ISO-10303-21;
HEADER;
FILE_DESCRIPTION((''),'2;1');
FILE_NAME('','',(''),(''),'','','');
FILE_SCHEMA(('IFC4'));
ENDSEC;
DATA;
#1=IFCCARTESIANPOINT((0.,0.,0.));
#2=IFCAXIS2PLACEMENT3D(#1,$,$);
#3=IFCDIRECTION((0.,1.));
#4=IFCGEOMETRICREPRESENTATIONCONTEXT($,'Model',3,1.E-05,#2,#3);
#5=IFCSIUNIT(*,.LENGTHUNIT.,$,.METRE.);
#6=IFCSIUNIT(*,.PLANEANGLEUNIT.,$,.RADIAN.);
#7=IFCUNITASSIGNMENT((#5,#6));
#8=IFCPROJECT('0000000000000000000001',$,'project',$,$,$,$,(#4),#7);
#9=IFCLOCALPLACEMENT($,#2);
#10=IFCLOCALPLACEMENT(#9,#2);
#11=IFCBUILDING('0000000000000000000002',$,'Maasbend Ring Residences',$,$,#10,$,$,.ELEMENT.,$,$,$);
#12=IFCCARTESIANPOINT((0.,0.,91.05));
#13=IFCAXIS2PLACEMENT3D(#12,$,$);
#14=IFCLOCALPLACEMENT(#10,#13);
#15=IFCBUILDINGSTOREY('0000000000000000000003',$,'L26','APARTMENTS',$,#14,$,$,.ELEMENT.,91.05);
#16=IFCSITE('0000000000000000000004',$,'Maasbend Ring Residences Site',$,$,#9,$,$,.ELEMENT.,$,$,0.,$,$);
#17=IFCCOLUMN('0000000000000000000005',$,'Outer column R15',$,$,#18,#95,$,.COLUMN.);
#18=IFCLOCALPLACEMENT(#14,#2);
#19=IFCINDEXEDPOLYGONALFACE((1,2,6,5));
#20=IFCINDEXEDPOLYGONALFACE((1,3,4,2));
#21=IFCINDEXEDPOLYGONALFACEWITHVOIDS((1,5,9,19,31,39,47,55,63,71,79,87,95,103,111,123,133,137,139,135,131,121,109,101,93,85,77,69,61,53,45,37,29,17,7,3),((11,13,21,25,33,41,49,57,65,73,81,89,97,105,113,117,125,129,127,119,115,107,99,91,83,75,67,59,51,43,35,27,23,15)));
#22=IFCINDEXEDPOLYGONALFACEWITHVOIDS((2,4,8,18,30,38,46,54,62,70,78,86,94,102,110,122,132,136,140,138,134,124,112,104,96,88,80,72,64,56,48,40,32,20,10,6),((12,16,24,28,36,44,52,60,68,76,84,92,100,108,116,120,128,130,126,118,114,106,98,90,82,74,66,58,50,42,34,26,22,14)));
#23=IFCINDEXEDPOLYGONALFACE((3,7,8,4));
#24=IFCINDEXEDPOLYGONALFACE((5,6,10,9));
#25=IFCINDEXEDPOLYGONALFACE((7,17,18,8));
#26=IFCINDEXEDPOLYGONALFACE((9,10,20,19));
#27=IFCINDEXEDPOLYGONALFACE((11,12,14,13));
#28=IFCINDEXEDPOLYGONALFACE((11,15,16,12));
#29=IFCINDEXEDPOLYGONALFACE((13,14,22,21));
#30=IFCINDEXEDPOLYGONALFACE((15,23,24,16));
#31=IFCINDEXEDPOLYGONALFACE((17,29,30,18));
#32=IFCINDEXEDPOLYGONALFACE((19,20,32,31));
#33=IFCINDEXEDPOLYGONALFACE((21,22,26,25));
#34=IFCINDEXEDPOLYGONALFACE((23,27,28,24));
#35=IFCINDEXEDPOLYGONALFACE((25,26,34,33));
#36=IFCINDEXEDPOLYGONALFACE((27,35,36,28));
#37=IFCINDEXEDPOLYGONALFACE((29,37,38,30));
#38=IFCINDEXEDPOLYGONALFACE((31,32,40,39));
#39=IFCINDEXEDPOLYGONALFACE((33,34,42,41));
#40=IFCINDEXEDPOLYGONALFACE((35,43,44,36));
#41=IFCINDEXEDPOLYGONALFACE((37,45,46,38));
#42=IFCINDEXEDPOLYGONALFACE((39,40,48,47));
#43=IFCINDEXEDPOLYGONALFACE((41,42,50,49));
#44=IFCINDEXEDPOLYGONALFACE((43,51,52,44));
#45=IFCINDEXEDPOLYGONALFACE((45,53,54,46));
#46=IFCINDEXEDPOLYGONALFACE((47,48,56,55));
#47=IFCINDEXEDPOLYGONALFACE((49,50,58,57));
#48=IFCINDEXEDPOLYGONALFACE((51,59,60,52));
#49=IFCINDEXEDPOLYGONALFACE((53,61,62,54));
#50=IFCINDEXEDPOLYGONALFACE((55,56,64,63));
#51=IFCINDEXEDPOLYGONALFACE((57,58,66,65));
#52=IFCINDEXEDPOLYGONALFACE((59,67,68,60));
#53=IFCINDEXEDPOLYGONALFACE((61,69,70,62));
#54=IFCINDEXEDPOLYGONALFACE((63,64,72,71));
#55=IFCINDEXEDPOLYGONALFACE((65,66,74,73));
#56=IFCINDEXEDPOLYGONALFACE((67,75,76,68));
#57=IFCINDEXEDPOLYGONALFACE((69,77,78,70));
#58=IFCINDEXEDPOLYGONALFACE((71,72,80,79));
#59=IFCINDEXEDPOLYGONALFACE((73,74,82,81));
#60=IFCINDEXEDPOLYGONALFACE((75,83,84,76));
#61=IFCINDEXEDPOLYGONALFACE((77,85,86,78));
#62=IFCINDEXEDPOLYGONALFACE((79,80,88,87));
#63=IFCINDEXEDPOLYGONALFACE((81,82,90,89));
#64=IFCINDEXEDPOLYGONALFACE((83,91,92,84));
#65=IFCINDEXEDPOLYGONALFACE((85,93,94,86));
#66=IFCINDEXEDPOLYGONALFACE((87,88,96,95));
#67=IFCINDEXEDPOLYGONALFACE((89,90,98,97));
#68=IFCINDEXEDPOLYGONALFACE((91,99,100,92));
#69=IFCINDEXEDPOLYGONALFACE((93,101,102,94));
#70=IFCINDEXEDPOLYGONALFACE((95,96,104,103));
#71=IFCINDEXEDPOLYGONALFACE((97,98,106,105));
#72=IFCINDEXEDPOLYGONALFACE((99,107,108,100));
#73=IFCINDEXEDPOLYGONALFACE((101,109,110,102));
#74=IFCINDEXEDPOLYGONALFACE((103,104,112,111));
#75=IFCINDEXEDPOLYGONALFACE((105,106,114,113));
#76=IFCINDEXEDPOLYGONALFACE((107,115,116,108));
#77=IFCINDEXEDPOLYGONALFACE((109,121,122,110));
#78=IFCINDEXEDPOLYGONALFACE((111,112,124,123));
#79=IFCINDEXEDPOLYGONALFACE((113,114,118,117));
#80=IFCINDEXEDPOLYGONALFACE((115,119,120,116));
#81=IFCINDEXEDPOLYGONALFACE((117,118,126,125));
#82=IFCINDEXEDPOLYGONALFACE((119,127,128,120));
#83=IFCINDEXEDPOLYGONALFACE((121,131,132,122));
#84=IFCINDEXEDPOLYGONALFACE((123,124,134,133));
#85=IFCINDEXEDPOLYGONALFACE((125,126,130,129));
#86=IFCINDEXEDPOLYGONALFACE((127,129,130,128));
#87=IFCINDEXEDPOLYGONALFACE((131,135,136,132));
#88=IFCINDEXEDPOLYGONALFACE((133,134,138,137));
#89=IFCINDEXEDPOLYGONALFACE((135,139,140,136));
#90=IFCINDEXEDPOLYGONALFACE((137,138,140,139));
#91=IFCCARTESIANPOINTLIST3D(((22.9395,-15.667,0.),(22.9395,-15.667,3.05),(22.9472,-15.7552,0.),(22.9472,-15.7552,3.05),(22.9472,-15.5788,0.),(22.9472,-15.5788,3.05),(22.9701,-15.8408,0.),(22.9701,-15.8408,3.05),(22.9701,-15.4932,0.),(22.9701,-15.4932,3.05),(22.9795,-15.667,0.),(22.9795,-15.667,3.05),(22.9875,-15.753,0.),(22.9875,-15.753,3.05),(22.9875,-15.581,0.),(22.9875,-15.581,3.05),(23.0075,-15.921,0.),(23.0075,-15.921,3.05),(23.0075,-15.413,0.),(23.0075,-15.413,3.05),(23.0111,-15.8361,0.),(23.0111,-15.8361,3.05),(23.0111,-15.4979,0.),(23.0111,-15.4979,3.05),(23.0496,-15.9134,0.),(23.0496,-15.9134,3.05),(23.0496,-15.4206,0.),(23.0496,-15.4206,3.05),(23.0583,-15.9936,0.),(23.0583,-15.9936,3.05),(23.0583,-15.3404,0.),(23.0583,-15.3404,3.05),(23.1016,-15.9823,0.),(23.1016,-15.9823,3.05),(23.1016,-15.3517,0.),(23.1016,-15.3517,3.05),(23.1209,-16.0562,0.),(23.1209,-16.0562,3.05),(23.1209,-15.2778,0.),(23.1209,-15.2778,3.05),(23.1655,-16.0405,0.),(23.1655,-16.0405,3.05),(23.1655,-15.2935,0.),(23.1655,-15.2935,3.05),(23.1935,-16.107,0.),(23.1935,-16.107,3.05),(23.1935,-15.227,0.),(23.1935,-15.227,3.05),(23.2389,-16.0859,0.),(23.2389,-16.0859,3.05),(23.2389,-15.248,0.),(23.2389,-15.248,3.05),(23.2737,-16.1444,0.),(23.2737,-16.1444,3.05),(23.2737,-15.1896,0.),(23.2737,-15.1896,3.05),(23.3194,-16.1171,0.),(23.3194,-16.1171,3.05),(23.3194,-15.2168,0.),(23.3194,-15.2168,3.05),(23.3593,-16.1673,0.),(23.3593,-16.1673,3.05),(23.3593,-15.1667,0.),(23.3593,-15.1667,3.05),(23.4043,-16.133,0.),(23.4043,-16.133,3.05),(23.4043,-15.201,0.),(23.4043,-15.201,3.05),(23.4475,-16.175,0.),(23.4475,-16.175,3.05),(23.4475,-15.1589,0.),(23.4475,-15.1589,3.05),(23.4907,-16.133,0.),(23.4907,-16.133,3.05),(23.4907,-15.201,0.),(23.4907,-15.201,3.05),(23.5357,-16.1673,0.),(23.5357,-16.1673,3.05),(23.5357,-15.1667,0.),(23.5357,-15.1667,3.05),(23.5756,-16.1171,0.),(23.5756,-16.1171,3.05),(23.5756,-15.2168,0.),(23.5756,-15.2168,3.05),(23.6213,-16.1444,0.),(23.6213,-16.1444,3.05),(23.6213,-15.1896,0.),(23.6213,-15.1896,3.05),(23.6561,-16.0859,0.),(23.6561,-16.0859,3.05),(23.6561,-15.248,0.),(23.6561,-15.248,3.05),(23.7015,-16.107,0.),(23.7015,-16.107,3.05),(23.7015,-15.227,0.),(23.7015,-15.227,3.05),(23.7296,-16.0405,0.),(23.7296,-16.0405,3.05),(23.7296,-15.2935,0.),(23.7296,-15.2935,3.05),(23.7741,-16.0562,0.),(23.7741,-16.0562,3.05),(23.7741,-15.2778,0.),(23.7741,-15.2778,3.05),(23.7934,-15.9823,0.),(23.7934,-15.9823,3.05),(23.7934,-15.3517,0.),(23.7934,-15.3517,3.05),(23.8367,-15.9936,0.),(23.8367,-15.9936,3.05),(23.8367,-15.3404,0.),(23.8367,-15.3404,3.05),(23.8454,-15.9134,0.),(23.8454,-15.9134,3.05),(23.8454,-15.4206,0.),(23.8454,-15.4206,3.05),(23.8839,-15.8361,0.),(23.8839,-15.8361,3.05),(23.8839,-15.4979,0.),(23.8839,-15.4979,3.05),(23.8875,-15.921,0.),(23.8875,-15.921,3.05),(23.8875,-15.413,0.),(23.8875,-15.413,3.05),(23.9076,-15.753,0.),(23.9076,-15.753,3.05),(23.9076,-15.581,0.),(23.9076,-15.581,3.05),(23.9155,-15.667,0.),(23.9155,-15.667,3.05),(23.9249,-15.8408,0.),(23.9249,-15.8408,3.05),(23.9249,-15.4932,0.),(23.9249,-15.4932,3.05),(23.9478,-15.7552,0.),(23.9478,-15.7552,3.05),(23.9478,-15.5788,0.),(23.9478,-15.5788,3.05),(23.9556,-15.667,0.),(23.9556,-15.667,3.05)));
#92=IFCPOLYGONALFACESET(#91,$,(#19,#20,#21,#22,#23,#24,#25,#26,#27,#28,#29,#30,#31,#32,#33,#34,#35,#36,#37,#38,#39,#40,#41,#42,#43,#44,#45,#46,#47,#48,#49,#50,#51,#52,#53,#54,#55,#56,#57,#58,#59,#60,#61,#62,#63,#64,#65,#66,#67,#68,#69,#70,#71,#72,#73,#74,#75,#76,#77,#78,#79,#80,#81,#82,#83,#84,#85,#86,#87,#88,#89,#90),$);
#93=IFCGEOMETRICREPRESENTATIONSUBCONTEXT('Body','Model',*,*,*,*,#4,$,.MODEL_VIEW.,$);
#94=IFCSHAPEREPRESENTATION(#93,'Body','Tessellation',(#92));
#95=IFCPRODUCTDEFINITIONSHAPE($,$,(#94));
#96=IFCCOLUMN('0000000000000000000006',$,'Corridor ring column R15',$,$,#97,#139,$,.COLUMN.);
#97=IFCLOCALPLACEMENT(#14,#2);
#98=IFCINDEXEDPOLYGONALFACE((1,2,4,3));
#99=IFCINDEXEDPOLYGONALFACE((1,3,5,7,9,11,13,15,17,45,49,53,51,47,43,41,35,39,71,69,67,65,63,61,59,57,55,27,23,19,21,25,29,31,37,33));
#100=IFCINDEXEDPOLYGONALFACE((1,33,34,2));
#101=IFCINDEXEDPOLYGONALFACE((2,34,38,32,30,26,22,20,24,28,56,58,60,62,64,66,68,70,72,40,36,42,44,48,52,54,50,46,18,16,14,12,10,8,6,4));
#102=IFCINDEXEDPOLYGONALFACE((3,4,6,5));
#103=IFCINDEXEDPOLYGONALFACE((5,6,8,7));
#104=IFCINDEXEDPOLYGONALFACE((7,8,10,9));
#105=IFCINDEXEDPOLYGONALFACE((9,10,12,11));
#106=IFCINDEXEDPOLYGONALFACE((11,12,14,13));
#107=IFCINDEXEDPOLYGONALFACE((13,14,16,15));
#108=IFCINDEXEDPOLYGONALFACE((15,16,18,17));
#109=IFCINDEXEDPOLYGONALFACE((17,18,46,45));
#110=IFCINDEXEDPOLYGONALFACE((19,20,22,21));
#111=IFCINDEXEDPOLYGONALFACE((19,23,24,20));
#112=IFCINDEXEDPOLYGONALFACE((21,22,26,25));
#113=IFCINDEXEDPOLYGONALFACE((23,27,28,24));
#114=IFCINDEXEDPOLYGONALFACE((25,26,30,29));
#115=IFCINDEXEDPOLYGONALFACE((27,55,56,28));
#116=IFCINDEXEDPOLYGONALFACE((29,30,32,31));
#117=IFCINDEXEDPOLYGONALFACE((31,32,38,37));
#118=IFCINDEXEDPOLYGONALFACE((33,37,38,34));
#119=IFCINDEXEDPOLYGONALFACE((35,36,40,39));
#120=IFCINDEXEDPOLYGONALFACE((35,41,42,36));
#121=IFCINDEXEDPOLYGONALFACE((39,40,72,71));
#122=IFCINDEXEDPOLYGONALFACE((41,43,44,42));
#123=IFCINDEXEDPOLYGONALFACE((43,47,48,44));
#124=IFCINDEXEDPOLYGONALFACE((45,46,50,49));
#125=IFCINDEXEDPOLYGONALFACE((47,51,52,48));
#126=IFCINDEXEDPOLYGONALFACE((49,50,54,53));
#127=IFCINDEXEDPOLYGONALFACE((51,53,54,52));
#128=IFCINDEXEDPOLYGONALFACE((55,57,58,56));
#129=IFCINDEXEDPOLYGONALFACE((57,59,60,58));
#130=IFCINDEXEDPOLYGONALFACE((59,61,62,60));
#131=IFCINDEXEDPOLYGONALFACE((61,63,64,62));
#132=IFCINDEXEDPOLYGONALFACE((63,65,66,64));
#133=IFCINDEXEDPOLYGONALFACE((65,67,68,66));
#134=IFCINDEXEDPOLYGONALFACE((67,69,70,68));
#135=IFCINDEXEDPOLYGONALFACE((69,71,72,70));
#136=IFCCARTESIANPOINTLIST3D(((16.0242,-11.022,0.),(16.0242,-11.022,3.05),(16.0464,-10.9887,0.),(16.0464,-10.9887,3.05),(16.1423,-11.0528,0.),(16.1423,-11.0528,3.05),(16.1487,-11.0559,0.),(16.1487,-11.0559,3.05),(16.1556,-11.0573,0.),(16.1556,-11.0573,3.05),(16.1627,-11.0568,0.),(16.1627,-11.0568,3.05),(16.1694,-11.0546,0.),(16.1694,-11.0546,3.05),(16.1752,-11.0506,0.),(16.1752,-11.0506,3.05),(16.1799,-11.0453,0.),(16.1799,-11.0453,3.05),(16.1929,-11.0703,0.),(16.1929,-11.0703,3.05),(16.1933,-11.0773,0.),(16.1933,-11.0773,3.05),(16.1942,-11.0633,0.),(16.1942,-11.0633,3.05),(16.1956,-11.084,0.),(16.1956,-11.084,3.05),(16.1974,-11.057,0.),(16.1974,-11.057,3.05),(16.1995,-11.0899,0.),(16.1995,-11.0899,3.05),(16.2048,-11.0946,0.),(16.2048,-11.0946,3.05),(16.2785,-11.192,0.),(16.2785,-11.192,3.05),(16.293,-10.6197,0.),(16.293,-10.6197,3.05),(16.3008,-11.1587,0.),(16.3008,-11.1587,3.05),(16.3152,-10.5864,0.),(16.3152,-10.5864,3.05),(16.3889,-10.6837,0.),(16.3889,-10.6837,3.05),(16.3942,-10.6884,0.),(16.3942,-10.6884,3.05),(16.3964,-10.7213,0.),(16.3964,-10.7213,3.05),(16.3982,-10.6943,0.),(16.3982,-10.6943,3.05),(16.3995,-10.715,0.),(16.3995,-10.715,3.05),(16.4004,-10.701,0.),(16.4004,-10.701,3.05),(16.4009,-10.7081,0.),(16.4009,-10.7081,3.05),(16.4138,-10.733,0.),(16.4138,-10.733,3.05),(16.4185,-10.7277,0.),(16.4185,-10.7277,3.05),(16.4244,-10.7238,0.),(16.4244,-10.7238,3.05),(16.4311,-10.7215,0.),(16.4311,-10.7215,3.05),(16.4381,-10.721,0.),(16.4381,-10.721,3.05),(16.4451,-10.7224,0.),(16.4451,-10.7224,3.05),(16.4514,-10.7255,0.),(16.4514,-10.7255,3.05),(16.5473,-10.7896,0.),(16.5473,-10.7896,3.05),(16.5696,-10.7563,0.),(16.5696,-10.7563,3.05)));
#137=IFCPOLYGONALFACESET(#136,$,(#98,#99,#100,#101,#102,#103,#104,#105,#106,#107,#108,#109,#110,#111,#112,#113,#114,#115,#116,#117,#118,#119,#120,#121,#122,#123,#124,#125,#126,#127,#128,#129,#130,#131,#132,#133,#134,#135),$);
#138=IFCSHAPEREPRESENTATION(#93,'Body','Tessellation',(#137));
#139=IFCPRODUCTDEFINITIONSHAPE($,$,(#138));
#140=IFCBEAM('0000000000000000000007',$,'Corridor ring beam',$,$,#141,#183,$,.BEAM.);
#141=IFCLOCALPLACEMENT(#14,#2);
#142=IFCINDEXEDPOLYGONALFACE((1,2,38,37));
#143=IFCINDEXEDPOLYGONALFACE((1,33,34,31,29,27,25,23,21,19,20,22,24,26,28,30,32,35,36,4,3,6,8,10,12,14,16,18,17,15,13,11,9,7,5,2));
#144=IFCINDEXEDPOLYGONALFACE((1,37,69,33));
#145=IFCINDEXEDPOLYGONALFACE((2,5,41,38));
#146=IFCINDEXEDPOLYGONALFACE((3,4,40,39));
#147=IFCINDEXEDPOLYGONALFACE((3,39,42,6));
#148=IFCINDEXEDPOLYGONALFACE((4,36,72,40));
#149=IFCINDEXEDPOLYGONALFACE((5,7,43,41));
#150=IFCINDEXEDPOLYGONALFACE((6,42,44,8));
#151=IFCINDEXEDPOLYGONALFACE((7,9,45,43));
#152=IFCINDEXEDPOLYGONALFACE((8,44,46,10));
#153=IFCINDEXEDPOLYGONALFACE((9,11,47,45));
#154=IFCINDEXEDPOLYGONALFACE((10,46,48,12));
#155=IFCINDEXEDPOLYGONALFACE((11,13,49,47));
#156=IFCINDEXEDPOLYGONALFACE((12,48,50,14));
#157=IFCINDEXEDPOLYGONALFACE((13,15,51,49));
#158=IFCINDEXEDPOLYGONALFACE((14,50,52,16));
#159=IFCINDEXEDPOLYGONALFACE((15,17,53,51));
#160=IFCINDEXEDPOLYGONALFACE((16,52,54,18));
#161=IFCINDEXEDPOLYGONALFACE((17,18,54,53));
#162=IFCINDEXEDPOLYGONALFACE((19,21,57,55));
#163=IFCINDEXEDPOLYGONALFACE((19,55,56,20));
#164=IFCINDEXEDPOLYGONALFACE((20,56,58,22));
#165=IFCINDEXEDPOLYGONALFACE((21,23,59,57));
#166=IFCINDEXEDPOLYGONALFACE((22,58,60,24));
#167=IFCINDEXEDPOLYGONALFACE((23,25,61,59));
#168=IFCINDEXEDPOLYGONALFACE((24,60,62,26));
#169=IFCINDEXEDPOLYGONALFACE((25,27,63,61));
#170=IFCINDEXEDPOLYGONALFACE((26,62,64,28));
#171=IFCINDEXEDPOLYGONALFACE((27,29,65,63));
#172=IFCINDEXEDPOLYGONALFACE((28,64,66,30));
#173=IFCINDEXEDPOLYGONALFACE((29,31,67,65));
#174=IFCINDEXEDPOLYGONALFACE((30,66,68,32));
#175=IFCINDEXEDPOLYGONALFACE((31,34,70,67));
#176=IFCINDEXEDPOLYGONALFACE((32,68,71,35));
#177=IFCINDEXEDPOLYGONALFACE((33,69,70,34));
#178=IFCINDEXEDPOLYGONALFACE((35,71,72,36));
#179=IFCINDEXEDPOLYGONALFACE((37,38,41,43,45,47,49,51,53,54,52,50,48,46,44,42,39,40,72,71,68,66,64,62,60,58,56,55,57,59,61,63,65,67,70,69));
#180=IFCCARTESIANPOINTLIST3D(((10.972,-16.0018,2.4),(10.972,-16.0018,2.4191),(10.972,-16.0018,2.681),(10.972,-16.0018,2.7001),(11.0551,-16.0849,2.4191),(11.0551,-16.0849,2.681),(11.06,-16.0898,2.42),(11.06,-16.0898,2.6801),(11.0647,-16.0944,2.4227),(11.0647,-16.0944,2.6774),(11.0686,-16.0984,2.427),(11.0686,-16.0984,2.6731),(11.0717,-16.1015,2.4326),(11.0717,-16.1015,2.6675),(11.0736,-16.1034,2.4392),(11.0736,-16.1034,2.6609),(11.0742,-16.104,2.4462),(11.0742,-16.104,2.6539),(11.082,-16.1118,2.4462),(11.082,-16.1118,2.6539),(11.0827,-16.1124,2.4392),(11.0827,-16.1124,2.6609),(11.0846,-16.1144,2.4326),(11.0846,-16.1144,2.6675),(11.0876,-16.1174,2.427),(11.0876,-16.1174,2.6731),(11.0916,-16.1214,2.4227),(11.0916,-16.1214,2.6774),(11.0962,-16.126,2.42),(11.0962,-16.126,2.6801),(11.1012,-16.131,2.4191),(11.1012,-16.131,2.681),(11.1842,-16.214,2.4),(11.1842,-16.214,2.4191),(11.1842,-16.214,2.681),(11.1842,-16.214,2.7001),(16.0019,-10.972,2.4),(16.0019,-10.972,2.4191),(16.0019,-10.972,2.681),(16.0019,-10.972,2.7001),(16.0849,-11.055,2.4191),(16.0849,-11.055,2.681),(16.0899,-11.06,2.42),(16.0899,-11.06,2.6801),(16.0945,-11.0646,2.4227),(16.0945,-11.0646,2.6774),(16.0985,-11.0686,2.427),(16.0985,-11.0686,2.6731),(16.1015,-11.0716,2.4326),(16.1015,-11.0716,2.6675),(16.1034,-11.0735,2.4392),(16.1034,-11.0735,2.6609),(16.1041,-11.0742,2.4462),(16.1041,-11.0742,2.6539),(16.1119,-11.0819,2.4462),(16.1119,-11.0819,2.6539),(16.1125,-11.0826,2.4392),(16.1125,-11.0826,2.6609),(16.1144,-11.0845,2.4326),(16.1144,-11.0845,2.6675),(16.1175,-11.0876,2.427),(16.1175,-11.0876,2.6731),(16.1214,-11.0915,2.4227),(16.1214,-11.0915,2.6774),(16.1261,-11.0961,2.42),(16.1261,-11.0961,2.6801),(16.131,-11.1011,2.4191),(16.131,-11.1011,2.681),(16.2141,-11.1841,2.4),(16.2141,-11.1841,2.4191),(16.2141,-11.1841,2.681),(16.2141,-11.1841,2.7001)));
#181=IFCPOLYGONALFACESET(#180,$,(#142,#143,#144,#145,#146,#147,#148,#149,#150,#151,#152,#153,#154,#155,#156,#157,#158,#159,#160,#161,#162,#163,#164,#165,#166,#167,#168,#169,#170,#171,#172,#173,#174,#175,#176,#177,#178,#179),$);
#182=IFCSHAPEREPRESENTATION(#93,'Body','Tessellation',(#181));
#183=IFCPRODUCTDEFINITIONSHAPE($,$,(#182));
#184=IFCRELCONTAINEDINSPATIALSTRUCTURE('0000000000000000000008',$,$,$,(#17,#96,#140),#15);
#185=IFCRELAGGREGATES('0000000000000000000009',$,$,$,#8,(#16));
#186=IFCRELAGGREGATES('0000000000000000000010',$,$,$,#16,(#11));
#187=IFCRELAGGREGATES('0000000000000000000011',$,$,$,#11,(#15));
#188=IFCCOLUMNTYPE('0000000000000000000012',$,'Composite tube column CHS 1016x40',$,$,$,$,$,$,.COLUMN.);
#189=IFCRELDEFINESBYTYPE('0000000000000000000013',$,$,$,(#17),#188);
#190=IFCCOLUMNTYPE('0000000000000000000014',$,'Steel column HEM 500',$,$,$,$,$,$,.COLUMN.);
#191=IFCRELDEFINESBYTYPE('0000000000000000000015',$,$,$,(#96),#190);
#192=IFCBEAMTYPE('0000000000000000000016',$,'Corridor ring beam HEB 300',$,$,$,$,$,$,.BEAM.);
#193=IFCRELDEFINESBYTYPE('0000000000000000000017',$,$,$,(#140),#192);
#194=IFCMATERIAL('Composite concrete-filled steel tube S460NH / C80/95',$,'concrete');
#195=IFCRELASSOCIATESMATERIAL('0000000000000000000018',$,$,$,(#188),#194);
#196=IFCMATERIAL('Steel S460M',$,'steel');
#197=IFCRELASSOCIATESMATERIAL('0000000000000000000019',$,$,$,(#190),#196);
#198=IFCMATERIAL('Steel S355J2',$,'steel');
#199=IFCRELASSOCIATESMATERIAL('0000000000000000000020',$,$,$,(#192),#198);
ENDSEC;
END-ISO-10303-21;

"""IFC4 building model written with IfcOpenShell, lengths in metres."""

from ifc_helpers import new_model, si_unit, direction, frame, origin, origin_2d, place, context, subcontext, project, spatial, hollow_circle, i_section, extrude, material, material_profile, profile_set, type_object, element, save


model = new_model("IFC4")

# Units and contexts
model_context = context("Model", 3, precision=1e-05, world=origin(), true_north=direction((0.0, 1.0)))
body_context = subcontext(model_context, "Body", "Model", "MODEL_VIEW")
ifc_project = project(units=[si_unit("LENGTHUNIT", "METRE"), si_unit("PLANEANGLEUNIT", "RADIAN")], contexts=[model_context])

# Site, building, storey
site_placement = place(None, origin())
site = spatial("IfcSite", under=ifc_project, at=site_placement, Name="Maasbend Ring Residences Site", CompositionType="ELEMENT", RefElevation=0.0)
building_placement = place(site_placement, origin())
building = spatial("IfcBuilding", under=site, at=building_placement, Name="Maasbend Ring Residences", CompositionType="ELEMENT")
storey_placement = place(building_placement, frame((0.0, 0.0, 91.05)))
storey = spatial("IfcBuildingStorey", under=building, at=storey_placement, Name="L26", Description="APARTMENTS", CompositionType="ELEMENT", Elevation=91.05)

# Columns
ifc_material_1 = material(Name="Composite concrete-filled steel tube S460NH / C80/95", Category="concrete")
ifc_material_profile_1 = material_profile(ifc_material_1, hollow_circle(Radius=0.5081, WallThickness=0.04, at=origin_2d()), Name="Composite tube column CHS 1016x40")
ifc_profile_set_1 = profile_set([ifc_material_profile_1], Name="Composite concrete-filled steel tube S460NH / C80/95")
column_type_1 = type_object("IfcColumnType", Name="Composite tube column CHS 1016x40", PredefinedType="COLUMN", material=ifc_profile_set_1)
column_1_placement = place(storey_placement, frame((23.4475, -15.667, 0.0), z_axis=(0.0, 0.0, 1.0), x_axis=(1.0, 0.0, 0.0)))
element("IfcColumn", 1, at=column_1_placement, inside=storey, type_object=column_type_1, Name="Outer column R15", PredefinedType="COLUMN", context=body_context, shape_type="SweptSolid", body=[
    extrude(hollow_circle(Radius=0.5081, WallThickness=0.04, at=origin_2d()), origin(), (0.0, 0.0, 1.0), 3.05),
])
ifc_material_2 = material(Name="Steel S460M", Category="steel")
ifc_material_profile_2 = material_profile(ifc_material_2, i_section(OverallWidth=0.3059, OverallDepth=0.5239, WebThickness=0.021, FlangeThickness=0.04, FilletRadius=0.0271, at=origin_2d()), Name="HEM 500")
ifc_profile_set_2 = profile_set([ifc_material_profile_2], Name="Steel S460M")
column_type_2 = type_object("IfcColumnType", Name="Steel column HEM 500", PredefinedType="COLUMN", material=ifc_profile_set_2)
column_2_placement = place(storey_placement, frame((16.2969, -10.8892, 0.0), z_axis=(0.0, 0.0, 1.0), x_axis=(0.83147, -0.55557, 0.0)))
element("IfcColumn", 2, at=column_2_placement, inside=storey, type_object=column_type_2, Name="Corridor ring column R15", PredefinedType="COLUMN", context=body_context, shape_type="SweptSolid", body=[
    extrude(i_section(OverallWidth=0.3059, OverallDepth=0.5239, WebThickness=0.021, FlangeThickness=0.04, FilletRadius=0.0271, at=origin_2d()), origin(), (0.0, 0.0, 1.0), 3.05),
])

# Beam
ifc_material_3 = material(Name="Steel S355J2", Category="steel")
ifc_material_profile_3 = material_profile(ifc_material_3, i_section(OverallWidth=0.3, OverallDepth=0.3, WebThickness=0.011, FlangeThickness=0.019, FilletRadius=0.0271, at=origin_2d()), Name="HEB 300")
ifc_profile_set_3 = profile_set([ifc_material_profile_3], Name="Steel S355J2")
beam_type = type_object("IfcBeamType", Name="Corridor ring beam HEB 300", PredefinedType="BEAM", material=ifc_profile_set_3)
beam_placement = place(storey_placement, frame((11.0781, -16.1079, 2.55), z_axis=(0.707107, 0.707107, 0.0), x_axis=(-0.707107, 0.707107, 0.0)))
element("IfcBeam", 3, at=beam_placement, inside=storey, type_object=beam_type, Name="Corridor ring beam", PredefinedType="BEAM", context=body_context, shape_type="SweptSolid", body=[
    extrude(i_section(OverallWidth=0.3, OverallDepth=0.3, WebThickness=0.011, FlangeThickness=0.019, FilletRadius=0.0271, at=origin_2d()), origin(), (0.0, 0.0, 1.0), 7.1133),
])

save(model, "model.ifc")
